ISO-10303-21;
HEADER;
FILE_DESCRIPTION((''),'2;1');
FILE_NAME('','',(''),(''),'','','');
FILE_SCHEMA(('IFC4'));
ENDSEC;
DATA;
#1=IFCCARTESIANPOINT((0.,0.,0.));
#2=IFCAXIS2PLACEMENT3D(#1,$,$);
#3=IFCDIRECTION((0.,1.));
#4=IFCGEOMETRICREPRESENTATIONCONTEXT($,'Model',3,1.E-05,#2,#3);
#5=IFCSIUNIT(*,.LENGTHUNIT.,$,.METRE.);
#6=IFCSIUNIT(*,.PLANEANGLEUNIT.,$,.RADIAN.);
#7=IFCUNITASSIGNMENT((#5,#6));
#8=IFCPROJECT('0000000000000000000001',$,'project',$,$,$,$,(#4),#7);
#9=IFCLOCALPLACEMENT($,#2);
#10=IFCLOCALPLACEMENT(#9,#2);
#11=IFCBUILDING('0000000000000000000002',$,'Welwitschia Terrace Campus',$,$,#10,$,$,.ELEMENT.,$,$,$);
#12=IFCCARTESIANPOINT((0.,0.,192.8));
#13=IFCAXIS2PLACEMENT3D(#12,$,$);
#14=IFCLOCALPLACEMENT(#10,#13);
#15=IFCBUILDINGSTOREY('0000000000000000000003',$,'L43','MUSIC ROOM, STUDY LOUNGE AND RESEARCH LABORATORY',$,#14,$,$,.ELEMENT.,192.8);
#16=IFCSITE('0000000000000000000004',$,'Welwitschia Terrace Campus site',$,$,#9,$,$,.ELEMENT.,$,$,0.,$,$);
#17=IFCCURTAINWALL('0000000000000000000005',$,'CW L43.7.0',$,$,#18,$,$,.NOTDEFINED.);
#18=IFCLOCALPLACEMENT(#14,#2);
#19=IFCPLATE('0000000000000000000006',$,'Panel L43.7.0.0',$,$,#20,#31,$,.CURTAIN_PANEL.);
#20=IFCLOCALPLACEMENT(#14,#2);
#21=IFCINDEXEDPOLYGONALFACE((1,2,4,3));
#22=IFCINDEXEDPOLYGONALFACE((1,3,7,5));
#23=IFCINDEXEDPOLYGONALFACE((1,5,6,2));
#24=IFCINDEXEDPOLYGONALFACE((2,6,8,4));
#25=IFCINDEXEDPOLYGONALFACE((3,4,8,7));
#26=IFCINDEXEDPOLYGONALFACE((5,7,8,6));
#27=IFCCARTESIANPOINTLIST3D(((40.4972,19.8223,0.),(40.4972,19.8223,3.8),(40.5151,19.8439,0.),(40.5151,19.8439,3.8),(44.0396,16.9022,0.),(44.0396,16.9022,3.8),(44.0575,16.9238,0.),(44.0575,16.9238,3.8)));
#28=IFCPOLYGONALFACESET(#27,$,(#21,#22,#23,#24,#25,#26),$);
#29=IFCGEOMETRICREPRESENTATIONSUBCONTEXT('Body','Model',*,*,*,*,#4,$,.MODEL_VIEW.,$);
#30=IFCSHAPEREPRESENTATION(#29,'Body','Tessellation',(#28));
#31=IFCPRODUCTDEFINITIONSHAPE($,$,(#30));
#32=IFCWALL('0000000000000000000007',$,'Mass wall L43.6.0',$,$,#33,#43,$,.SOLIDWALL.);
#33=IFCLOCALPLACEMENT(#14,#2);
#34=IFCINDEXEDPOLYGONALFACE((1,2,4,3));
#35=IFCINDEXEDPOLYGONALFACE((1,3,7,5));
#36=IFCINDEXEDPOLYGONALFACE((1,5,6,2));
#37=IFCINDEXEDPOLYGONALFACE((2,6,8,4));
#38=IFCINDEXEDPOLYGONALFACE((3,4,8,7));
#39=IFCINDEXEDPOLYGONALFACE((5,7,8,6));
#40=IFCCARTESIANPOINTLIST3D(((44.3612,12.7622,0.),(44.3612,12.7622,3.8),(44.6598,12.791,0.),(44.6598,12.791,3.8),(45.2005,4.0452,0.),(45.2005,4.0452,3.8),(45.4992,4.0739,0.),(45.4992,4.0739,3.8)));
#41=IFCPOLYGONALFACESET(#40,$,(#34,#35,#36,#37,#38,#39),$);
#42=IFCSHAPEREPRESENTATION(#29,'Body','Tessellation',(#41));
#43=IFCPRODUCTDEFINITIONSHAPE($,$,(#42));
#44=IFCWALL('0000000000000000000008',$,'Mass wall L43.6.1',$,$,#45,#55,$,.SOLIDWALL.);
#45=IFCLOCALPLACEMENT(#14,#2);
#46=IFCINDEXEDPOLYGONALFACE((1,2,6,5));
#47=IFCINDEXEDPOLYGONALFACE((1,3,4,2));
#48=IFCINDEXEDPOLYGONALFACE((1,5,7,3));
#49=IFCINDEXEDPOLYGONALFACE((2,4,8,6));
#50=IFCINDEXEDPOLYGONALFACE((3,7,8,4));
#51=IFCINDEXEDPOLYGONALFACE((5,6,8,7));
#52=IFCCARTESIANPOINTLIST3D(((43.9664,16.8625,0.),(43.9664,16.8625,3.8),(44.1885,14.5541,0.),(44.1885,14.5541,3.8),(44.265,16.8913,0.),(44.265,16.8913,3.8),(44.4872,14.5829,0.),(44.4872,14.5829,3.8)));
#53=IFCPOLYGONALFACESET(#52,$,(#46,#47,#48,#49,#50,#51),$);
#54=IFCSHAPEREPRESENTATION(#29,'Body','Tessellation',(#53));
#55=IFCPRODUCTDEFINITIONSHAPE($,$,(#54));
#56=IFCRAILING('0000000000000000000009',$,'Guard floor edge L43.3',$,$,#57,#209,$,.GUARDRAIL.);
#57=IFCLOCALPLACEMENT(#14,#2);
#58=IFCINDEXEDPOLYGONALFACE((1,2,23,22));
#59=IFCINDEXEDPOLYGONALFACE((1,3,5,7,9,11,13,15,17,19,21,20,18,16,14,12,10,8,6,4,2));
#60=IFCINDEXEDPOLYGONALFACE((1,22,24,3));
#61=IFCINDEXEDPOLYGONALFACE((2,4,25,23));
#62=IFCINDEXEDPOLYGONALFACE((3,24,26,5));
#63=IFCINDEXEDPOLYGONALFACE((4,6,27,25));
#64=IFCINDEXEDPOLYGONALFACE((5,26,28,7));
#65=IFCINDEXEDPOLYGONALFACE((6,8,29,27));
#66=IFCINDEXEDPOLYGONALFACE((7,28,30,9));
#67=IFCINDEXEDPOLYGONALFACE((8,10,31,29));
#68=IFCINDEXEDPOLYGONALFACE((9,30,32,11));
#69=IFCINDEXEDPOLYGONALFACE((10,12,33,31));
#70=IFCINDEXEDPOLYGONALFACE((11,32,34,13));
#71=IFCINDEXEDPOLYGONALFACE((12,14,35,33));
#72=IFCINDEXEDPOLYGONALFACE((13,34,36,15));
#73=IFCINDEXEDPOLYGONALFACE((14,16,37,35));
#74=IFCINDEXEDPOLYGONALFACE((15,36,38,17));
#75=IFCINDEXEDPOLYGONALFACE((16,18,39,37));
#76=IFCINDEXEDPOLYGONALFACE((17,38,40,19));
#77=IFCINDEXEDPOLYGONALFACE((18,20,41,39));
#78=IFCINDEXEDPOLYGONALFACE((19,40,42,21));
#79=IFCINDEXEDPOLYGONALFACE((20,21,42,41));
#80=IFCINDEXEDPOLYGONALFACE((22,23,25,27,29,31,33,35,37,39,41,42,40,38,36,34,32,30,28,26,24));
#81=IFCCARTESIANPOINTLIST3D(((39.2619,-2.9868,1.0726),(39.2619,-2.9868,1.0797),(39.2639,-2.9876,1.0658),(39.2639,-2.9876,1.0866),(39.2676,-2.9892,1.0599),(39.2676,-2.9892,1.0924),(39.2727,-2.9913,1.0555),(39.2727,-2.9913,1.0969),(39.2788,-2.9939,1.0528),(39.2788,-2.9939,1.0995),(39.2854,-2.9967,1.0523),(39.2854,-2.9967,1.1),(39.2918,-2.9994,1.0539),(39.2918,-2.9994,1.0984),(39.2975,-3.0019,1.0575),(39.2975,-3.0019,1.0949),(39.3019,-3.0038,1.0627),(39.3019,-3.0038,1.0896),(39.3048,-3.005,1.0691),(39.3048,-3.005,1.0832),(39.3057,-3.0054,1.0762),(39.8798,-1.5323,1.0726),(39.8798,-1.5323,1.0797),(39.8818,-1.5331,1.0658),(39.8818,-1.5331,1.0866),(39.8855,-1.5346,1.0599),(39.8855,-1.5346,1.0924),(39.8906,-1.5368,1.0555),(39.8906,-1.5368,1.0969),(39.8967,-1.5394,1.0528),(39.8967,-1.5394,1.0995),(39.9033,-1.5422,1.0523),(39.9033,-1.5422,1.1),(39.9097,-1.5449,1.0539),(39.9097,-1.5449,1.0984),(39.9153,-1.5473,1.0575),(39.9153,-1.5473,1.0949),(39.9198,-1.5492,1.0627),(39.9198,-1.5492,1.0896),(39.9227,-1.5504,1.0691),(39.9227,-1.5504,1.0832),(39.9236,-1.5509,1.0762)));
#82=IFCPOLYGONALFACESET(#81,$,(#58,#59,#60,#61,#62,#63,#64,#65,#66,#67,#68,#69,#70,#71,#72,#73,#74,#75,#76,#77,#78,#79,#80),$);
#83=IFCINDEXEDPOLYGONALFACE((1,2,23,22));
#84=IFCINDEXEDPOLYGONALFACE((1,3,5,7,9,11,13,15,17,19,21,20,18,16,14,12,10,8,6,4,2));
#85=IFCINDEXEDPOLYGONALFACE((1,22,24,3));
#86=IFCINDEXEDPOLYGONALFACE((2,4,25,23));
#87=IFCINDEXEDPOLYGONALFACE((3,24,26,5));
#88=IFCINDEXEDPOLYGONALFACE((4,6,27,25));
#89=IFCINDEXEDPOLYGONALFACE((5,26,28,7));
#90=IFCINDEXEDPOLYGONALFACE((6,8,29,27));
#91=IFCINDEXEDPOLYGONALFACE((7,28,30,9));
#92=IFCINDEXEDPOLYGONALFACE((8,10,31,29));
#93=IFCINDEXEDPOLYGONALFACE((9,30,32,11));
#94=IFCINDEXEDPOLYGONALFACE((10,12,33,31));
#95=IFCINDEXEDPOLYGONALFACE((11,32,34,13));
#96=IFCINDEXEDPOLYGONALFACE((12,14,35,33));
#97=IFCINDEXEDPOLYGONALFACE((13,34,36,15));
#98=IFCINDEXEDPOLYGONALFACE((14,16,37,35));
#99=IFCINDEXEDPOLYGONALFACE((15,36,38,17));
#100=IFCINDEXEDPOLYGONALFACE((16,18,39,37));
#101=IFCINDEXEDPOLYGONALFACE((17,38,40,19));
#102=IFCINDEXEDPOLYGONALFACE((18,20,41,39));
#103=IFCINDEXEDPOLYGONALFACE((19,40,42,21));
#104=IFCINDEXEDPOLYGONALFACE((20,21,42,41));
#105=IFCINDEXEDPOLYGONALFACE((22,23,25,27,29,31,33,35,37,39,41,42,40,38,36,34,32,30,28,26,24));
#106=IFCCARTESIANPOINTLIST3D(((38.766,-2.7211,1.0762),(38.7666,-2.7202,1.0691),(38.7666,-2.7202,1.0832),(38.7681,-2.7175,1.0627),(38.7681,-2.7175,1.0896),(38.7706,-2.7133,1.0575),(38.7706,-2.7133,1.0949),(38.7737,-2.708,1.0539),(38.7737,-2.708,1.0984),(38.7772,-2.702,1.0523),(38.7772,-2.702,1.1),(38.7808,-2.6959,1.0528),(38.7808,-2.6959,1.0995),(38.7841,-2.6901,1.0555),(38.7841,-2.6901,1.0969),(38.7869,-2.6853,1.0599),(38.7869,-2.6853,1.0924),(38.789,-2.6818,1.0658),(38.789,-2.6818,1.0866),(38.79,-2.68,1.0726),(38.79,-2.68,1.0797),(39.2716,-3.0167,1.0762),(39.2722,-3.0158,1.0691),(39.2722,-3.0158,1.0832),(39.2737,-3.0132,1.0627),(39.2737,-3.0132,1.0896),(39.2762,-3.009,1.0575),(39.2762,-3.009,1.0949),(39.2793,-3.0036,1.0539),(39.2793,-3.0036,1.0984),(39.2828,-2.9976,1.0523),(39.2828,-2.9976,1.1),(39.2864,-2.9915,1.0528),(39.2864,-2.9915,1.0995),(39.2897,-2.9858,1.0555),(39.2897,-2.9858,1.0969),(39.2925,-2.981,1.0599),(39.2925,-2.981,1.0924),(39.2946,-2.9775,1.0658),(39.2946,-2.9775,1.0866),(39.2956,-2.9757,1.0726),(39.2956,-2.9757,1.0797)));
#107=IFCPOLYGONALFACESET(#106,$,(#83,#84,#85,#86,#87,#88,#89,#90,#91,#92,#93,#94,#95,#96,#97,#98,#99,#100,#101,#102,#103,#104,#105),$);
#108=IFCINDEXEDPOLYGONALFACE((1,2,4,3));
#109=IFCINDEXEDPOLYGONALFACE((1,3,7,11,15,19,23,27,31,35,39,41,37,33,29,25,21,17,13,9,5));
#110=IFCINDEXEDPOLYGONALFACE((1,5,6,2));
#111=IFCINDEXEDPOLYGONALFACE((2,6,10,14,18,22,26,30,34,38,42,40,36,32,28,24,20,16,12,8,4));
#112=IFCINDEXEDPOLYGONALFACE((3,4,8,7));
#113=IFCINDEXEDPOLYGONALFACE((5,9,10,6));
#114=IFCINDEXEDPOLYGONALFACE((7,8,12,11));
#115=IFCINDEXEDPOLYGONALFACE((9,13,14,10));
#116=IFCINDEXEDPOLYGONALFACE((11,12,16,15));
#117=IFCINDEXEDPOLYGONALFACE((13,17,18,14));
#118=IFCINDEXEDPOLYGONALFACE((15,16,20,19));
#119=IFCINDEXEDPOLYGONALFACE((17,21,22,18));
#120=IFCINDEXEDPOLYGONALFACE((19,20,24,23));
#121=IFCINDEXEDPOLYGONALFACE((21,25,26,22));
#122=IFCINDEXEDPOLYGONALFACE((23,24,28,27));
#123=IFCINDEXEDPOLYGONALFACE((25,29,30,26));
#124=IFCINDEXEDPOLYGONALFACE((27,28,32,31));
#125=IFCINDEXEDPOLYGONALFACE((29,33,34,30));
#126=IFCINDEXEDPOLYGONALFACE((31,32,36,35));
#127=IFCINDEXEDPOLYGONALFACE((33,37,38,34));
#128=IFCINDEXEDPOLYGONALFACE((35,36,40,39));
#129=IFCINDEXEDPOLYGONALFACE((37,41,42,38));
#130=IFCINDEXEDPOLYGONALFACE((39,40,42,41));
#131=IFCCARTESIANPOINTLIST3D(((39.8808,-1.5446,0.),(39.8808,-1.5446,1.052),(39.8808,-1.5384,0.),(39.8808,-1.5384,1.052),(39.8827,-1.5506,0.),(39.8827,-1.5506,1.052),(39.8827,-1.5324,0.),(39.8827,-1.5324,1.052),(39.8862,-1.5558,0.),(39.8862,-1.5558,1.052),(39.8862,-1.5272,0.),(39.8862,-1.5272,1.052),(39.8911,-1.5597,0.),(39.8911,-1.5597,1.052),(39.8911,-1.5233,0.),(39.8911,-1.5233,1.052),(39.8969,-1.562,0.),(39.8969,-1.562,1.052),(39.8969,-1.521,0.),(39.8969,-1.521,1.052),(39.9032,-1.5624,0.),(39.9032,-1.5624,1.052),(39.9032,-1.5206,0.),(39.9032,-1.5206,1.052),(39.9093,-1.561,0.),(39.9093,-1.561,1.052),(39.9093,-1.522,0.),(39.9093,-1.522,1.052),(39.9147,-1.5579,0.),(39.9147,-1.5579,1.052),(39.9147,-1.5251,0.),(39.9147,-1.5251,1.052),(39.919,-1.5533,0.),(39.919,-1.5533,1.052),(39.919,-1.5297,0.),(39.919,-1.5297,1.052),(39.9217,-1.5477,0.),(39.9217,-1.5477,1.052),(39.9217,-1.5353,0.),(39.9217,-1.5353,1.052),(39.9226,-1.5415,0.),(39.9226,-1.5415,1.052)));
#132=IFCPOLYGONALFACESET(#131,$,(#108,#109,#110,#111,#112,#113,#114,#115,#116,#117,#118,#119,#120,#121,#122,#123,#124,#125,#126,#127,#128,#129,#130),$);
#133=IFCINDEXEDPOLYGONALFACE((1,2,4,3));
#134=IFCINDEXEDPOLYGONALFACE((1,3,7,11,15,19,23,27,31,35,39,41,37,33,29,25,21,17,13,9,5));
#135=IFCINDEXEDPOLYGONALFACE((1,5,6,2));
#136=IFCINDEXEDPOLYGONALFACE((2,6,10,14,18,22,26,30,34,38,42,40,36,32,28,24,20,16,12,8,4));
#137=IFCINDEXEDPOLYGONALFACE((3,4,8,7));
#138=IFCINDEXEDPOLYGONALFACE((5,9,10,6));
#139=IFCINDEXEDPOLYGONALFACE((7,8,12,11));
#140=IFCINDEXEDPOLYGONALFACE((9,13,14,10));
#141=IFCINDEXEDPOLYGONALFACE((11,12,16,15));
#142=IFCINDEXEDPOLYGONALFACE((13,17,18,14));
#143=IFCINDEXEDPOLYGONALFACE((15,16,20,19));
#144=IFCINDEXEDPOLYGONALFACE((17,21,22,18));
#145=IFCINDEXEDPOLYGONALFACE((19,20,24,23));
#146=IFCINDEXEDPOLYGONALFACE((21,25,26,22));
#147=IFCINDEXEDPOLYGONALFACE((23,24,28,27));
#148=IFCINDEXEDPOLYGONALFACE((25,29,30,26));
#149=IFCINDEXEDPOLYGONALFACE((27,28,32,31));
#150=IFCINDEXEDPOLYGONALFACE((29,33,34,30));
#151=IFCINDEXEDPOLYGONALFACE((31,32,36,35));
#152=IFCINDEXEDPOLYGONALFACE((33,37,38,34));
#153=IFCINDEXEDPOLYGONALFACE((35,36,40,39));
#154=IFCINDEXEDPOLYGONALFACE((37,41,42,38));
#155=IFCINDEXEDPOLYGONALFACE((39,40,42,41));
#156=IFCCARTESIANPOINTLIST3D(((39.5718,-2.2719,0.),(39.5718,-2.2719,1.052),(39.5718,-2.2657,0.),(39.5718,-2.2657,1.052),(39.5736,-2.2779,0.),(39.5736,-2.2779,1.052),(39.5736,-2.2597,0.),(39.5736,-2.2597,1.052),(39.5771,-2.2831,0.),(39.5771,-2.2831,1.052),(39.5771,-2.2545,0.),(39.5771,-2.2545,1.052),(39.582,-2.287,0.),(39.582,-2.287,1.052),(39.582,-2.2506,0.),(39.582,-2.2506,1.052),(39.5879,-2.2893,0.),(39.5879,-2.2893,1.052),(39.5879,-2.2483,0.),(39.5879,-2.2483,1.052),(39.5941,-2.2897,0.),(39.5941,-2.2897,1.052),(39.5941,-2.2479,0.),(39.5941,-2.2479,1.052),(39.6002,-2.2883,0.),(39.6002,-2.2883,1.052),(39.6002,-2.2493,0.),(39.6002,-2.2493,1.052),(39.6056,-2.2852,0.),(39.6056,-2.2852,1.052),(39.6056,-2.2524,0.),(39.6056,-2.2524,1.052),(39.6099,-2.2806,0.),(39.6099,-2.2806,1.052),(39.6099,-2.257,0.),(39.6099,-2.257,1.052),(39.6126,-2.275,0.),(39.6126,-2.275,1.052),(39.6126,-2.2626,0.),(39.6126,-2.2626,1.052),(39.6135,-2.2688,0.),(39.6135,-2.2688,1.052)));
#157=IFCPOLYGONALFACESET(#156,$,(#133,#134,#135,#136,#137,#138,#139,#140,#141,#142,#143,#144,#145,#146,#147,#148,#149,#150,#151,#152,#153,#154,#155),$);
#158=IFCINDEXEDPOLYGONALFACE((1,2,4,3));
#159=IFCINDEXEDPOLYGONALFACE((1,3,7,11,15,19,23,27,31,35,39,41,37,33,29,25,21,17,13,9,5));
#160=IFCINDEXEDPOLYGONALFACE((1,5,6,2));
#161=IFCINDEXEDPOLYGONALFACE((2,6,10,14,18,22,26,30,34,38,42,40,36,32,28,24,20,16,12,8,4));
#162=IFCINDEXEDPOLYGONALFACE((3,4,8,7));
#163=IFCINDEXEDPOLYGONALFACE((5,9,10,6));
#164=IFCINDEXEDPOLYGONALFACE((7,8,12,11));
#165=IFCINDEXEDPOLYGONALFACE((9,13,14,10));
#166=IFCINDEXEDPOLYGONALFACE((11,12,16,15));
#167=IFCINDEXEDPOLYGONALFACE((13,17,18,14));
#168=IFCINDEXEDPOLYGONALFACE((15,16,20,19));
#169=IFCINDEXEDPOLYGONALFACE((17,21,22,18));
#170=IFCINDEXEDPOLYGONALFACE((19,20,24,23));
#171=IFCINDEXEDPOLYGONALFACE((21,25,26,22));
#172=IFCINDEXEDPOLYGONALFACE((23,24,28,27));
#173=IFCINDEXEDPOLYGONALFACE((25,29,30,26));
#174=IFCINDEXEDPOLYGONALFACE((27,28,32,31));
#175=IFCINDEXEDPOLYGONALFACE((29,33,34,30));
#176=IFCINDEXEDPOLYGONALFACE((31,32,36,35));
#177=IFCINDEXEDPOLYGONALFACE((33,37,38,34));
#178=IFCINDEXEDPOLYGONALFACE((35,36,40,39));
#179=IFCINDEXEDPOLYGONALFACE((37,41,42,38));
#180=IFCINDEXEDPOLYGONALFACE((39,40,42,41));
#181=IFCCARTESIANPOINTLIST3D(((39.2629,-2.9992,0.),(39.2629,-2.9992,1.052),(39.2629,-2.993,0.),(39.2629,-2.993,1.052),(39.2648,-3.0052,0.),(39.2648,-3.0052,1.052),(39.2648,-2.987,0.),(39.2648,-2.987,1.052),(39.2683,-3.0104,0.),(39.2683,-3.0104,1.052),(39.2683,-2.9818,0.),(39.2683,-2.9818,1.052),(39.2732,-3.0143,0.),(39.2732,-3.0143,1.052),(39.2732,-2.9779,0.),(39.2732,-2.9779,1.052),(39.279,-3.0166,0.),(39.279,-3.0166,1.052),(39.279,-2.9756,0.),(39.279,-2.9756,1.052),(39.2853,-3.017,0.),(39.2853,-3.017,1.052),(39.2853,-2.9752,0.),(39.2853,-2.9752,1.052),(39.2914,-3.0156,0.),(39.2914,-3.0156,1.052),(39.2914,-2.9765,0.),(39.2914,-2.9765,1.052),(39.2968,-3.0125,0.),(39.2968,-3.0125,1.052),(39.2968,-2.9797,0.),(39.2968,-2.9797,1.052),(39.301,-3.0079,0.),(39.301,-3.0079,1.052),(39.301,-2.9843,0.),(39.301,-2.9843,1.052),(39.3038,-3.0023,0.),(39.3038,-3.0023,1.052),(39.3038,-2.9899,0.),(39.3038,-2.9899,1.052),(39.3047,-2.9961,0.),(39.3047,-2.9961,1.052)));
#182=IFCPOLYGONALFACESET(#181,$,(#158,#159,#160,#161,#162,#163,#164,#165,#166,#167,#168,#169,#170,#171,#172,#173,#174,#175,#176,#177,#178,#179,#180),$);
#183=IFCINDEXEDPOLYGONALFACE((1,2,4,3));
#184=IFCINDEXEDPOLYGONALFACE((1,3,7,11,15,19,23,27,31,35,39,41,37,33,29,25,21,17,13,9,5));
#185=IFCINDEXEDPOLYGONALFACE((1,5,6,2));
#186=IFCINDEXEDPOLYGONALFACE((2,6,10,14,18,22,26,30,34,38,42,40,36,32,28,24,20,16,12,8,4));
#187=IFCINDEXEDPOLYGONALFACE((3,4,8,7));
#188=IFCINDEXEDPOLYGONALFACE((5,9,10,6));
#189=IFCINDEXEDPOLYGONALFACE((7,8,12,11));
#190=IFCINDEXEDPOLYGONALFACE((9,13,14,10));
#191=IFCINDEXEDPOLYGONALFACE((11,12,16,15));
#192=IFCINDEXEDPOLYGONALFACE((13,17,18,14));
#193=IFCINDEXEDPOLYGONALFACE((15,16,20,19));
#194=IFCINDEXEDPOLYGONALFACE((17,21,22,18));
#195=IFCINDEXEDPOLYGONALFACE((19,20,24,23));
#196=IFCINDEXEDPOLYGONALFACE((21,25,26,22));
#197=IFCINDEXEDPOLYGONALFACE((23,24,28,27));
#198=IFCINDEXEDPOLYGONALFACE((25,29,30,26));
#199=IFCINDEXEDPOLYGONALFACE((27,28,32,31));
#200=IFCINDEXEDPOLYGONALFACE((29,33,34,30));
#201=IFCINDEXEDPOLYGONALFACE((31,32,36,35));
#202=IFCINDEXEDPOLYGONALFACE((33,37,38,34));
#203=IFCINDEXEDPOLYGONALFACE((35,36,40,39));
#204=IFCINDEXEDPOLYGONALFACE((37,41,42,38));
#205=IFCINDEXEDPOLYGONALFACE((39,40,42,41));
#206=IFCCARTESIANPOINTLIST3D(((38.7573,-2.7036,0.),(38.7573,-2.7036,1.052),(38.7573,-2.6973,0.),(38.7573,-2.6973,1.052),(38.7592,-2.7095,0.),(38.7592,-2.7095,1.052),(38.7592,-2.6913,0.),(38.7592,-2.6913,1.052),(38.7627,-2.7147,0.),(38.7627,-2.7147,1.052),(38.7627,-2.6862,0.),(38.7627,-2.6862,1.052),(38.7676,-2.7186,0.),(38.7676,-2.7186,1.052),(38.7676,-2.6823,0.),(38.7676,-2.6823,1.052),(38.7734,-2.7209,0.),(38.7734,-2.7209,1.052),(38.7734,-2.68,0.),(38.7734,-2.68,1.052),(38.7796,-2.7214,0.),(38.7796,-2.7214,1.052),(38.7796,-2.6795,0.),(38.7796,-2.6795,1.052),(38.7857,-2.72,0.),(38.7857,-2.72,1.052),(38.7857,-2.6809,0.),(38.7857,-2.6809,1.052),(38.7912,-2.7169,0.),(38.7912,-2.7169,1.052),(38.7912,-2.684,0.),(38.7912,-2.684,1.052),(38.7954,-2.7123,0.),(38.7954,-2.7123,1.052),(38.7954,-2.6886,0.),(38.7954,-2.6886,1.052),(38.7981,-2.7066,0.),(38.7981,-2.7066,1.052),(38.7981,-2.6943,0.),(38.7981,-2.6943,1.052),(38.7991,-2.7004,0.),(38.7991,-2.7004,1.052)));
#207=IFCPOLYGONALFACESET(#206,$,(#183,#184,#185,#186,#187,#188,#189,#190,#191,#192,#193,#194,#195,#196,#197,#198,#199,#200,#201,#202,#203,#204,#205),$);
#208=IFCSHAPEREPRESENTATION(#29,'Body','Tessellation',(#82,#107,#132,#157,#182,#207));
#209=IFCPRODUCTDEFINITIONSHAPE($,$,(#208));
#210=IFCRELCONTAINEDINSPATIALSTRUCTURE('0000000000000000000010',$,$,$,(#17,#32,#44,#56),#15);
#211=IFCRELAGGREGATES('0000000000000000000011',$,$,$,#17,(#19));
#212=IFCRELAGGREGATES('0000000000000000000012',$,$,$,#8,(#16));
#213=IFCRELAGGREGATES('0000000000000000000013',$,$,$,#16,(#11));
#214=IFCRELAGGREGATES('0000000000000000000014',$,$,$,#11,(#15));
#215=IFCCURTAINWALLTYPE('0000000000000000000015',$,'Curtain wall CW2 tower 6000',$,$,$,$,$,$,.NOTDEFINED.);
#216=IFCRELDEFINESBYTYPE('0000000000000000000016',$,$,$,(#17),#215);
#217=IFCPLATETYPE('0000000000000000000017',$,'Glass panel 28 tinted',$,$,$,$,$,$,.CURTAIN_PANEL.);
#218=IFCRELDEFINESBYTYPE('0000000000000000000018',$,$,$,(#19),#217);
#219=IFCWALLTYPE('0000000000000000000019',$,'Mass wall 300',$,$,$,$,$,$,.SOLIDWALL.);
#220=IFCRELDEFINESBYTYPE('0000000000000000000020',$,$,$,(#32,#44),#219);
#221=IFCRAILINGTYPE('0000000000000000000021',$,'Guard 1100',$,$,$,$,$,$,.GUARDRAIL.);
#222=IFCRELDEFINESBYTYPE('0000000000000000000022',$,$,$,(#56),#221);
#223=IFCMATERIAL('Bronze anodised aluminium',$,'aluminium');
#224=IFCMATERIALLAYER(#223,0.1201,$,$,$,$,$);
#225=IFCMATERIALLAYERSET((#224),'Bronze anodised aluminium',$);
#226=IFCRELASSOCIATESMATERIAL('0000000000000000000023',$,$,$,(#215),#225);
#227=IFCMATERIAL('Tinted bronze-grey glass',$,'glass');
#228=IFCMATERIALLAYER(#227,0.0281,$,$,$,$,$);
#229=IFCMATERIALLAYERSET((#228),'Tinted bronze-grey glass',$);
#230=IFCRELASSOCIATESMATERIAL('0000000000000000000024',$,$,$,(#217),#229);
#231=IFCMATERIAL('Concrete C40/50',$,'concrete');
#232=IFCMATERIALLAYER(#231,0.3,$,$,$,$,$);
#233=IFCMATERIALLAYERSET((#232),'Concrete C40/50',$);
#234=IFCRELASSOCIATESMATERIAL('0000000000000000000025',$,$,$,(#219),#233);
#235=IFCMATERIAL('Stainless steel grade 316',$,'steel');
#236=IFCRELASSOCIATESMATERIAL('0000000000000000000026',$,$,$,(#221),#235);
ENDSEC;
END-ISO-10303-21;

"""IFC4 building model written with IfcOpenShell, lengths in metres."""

from ifc_helpers import new_model, si_unit, direction, frame, frame_2d, origin, origin_2d, place, context, subcontext, project, spatial, rectangle, circle, extrude, material, layer, layer_set, type_object, element, aggregate, save


model = new_model("IFC4")

# Units and contexts
model_context = context("Model", 3, precision=1e-05, world=origin(), true_north=direction((0.0, 1.0)))
body_context = subcontext(model_context, "Body", "Model", "MODEL_VIEW")
ifc_project = project(units=[si_unit("LENGTHUNIT", "METRE"), si_unit("PLANEANGLEUNIT", "RADIAN")], contexts=[model_context])

# Site, building, storey
site_placement = place(None, origin())
site = spatial("IfcSite", under=ifc_project, at=site_placement, Name="Welwitschia Terrace Campus site", CompositionType="ELEMENT", RefElevation=0.0)
building_placement = place(site_placement, origin())
building = spatial("IfcBuilding", under=site, at=building_placement, Name="Welwitschia Terrace Campus", CompositionType="ELEMENT")
storey_placement = place(building_placement, frame((0.0, 0.0, 192.8)))
storey = spatial("IfcBuildingStorey", under=building, at=storey_placement, Name="L43", Description="MUSIC ROOM, STUDY LOUNGE AND RESEARCH LABORATORY", CompositionType="ELEMENT", Elevation=192.8)

# Shared definitions
ifc_material_1 = material(Name="Bronze anodised aluminium", Category="aluminium")
ifc_layer_1 = layer(ifc_material_1, 0.1201)
ifc_layer_set_1 = layer_set([ifc_layer_1], Name="Bronze anodised aluminium")
curtain_wall_type = type_object("IfcCurtainWallType", Name="Curtain wall CW2 tower 6000", PredefinedType="NOTDEFINED", material=ifc_layer_set_1)

# Curtain wall
curtain_wall_1_placement = place(storey_placement, origin())
curtain_wall_1 = element("IfcCurtainWall", 1, at=curtain_wall_1_placement, inside=storey, type_object=curtain_wall_type, Name="CW L43.7.0", PredefinedType="NOTDEFINED")

# Plate
ifc_material_2 = material(Name="Tinted bronze-grey glass", Category="glass")
ifc_layer_2 = layer(ifc_material_2, 0.0281)
ifc_layer_set_2 = layer_set([ifc_layer_2], Name="Tinted bronze-grey glass")
plate_type = type_object("IfcPlateType", Name="Glass panel 28 tinted", PredefinedType="CURTAIN_PANEL", material=ifc_layer_set_2)
plate_1_placement = place(storey_placement, frame((42.2773, 18.373, 0.0), z_axis=(0.0, 0.0, 1.0), x_axis=(-0.771625, 0.636078, 0.0)))
plate_1 = element("IfcPlate", 2, at=plate_1_placement, type_object=plate_type, Name="Panel L43.7.0.0", PredefinedType="CURTAIN_PANEL", context=body_context, shape_type="SweptSolid", body=[
    extrude(rectangle(XDim=4.5908, YDim=0.0281, at=origin_2d()), origin(), (0.0, 0.0, 1.0), 3.8),
])
aggregate(curtain_wall_1, [plate_1])

# Walls
ifc_material_3 = material(Name="Concrete C40/50", Category="concrete")
ifc_layer_3 = layer(ifc_material_3, 0.3)
ifc_layer_set_3 = layer_set([ifc_layer_3], Name="Concrete C40/50")
wall_type = type_object("IfcWallType", Name="Mass wall 300", PredefinedType="SOLIDWALL", material=ifc_layer_set_3)
wall_1_placement = place(storey_placement, frame((45.3499, 4.0596, 0.0), z_axis=(0.0, 0.0, 1.0), x_axis=(-0.095846, 0.995396, 0.0)))
element("IfcWall", 3, at=wall_1_placement, inside=storey, type_object=wall_type, Name="Mass wall L43.6.0", PredefinedType="SOLIDWALL", context=body_context, shape_type="SweptSolid", body=[
    extrude(rectangle(XDim=8.7573, YDim=0.3, at=frame_2d((4.3787, 0.0))), origin(), (0.0, 0.0, 1.0), 3.8),
])
wall_2_placement = place(storey_placement, frame((44.3379, 14.5684, 0.0), z_axis=(0.0, 0.0, 1.0), x_axis=(-0.095803, 0.9954, 0.0)))
element("IfcWall", 4, at=wall_2_placement, inside=storey, type_object=wall_type, Name="Mass wall L43.6.1", PredefinedType="SOLIDWALL", context=body_context, shape_type="SweptSolid", body=[
    extrude(rectangle(XDim=2.3191, YDim=0.3, at=frame_2d((1.1597, 0.0))), origin(), (0.0, 0.0, 1.0), 3.8),
])

# Railing
ifc_material_4 = material(Name="Stainless steel grade 316", Category="steel")
railing_type = type_object("IfcRailingType", Name="Guard 1100", PredefinedType="GUARDRAIL", material=ifc_material_4)
railing_1_placement = place(storey_placement, frame((39.9016, -1.5415, 0.0)))
element("IfcRailing", 5, at=railing_1_placement, inside=storey, type_object=railing_type, Name="Guard floor edge L43.3", PredefinedType="GUARDRAIL", context=body_context, shape_type="SweptSolid", body=[
    extrude(circle(Radius=0.0239, at=origin_2d()), frame((0.0, 0.0, 1.0762), z_axis=(-0.39099, -0.920395, 0.0), x_axis=(0.920395, -0.39099, 0.0)), (0.0, 0.0, 1.0), 1.5803),
    extrude(circle(Radius=0.0239, at=origin_2d()), frame((-0.6179, -1.4546, 1.0762), z_axis=(-0.863249, 0.504778, 0.0), x_axis=(-0.504778, -0.863249, 0.0)), (0.0, 0.0, 1.0), 0.5857),
    extrude(circle(Radius=0.021, at=origin_2d()), origin(), (0.0, 0.0, 1.0), 1.052),
    extrude(circle(Radius=0.021, at=origin_2d()), frame((-0.3091, -0.7273, 0.0)), (0.0, 0.0, 1.0), 1.052),
    extrude(circle(Radius=0.021, at=origin_2d()), frame((-0.6179, -1.4546, 0.0)), (0.0, 0.0, 1.0), 1.052),
    extrude(circle(Radius=0.021, at=origin_2d()), frame((-1.1235, -1.1589, 0.0)), (0.0, 0.0, 1.0), 1.052),
])

save(model, "model.ifc")
